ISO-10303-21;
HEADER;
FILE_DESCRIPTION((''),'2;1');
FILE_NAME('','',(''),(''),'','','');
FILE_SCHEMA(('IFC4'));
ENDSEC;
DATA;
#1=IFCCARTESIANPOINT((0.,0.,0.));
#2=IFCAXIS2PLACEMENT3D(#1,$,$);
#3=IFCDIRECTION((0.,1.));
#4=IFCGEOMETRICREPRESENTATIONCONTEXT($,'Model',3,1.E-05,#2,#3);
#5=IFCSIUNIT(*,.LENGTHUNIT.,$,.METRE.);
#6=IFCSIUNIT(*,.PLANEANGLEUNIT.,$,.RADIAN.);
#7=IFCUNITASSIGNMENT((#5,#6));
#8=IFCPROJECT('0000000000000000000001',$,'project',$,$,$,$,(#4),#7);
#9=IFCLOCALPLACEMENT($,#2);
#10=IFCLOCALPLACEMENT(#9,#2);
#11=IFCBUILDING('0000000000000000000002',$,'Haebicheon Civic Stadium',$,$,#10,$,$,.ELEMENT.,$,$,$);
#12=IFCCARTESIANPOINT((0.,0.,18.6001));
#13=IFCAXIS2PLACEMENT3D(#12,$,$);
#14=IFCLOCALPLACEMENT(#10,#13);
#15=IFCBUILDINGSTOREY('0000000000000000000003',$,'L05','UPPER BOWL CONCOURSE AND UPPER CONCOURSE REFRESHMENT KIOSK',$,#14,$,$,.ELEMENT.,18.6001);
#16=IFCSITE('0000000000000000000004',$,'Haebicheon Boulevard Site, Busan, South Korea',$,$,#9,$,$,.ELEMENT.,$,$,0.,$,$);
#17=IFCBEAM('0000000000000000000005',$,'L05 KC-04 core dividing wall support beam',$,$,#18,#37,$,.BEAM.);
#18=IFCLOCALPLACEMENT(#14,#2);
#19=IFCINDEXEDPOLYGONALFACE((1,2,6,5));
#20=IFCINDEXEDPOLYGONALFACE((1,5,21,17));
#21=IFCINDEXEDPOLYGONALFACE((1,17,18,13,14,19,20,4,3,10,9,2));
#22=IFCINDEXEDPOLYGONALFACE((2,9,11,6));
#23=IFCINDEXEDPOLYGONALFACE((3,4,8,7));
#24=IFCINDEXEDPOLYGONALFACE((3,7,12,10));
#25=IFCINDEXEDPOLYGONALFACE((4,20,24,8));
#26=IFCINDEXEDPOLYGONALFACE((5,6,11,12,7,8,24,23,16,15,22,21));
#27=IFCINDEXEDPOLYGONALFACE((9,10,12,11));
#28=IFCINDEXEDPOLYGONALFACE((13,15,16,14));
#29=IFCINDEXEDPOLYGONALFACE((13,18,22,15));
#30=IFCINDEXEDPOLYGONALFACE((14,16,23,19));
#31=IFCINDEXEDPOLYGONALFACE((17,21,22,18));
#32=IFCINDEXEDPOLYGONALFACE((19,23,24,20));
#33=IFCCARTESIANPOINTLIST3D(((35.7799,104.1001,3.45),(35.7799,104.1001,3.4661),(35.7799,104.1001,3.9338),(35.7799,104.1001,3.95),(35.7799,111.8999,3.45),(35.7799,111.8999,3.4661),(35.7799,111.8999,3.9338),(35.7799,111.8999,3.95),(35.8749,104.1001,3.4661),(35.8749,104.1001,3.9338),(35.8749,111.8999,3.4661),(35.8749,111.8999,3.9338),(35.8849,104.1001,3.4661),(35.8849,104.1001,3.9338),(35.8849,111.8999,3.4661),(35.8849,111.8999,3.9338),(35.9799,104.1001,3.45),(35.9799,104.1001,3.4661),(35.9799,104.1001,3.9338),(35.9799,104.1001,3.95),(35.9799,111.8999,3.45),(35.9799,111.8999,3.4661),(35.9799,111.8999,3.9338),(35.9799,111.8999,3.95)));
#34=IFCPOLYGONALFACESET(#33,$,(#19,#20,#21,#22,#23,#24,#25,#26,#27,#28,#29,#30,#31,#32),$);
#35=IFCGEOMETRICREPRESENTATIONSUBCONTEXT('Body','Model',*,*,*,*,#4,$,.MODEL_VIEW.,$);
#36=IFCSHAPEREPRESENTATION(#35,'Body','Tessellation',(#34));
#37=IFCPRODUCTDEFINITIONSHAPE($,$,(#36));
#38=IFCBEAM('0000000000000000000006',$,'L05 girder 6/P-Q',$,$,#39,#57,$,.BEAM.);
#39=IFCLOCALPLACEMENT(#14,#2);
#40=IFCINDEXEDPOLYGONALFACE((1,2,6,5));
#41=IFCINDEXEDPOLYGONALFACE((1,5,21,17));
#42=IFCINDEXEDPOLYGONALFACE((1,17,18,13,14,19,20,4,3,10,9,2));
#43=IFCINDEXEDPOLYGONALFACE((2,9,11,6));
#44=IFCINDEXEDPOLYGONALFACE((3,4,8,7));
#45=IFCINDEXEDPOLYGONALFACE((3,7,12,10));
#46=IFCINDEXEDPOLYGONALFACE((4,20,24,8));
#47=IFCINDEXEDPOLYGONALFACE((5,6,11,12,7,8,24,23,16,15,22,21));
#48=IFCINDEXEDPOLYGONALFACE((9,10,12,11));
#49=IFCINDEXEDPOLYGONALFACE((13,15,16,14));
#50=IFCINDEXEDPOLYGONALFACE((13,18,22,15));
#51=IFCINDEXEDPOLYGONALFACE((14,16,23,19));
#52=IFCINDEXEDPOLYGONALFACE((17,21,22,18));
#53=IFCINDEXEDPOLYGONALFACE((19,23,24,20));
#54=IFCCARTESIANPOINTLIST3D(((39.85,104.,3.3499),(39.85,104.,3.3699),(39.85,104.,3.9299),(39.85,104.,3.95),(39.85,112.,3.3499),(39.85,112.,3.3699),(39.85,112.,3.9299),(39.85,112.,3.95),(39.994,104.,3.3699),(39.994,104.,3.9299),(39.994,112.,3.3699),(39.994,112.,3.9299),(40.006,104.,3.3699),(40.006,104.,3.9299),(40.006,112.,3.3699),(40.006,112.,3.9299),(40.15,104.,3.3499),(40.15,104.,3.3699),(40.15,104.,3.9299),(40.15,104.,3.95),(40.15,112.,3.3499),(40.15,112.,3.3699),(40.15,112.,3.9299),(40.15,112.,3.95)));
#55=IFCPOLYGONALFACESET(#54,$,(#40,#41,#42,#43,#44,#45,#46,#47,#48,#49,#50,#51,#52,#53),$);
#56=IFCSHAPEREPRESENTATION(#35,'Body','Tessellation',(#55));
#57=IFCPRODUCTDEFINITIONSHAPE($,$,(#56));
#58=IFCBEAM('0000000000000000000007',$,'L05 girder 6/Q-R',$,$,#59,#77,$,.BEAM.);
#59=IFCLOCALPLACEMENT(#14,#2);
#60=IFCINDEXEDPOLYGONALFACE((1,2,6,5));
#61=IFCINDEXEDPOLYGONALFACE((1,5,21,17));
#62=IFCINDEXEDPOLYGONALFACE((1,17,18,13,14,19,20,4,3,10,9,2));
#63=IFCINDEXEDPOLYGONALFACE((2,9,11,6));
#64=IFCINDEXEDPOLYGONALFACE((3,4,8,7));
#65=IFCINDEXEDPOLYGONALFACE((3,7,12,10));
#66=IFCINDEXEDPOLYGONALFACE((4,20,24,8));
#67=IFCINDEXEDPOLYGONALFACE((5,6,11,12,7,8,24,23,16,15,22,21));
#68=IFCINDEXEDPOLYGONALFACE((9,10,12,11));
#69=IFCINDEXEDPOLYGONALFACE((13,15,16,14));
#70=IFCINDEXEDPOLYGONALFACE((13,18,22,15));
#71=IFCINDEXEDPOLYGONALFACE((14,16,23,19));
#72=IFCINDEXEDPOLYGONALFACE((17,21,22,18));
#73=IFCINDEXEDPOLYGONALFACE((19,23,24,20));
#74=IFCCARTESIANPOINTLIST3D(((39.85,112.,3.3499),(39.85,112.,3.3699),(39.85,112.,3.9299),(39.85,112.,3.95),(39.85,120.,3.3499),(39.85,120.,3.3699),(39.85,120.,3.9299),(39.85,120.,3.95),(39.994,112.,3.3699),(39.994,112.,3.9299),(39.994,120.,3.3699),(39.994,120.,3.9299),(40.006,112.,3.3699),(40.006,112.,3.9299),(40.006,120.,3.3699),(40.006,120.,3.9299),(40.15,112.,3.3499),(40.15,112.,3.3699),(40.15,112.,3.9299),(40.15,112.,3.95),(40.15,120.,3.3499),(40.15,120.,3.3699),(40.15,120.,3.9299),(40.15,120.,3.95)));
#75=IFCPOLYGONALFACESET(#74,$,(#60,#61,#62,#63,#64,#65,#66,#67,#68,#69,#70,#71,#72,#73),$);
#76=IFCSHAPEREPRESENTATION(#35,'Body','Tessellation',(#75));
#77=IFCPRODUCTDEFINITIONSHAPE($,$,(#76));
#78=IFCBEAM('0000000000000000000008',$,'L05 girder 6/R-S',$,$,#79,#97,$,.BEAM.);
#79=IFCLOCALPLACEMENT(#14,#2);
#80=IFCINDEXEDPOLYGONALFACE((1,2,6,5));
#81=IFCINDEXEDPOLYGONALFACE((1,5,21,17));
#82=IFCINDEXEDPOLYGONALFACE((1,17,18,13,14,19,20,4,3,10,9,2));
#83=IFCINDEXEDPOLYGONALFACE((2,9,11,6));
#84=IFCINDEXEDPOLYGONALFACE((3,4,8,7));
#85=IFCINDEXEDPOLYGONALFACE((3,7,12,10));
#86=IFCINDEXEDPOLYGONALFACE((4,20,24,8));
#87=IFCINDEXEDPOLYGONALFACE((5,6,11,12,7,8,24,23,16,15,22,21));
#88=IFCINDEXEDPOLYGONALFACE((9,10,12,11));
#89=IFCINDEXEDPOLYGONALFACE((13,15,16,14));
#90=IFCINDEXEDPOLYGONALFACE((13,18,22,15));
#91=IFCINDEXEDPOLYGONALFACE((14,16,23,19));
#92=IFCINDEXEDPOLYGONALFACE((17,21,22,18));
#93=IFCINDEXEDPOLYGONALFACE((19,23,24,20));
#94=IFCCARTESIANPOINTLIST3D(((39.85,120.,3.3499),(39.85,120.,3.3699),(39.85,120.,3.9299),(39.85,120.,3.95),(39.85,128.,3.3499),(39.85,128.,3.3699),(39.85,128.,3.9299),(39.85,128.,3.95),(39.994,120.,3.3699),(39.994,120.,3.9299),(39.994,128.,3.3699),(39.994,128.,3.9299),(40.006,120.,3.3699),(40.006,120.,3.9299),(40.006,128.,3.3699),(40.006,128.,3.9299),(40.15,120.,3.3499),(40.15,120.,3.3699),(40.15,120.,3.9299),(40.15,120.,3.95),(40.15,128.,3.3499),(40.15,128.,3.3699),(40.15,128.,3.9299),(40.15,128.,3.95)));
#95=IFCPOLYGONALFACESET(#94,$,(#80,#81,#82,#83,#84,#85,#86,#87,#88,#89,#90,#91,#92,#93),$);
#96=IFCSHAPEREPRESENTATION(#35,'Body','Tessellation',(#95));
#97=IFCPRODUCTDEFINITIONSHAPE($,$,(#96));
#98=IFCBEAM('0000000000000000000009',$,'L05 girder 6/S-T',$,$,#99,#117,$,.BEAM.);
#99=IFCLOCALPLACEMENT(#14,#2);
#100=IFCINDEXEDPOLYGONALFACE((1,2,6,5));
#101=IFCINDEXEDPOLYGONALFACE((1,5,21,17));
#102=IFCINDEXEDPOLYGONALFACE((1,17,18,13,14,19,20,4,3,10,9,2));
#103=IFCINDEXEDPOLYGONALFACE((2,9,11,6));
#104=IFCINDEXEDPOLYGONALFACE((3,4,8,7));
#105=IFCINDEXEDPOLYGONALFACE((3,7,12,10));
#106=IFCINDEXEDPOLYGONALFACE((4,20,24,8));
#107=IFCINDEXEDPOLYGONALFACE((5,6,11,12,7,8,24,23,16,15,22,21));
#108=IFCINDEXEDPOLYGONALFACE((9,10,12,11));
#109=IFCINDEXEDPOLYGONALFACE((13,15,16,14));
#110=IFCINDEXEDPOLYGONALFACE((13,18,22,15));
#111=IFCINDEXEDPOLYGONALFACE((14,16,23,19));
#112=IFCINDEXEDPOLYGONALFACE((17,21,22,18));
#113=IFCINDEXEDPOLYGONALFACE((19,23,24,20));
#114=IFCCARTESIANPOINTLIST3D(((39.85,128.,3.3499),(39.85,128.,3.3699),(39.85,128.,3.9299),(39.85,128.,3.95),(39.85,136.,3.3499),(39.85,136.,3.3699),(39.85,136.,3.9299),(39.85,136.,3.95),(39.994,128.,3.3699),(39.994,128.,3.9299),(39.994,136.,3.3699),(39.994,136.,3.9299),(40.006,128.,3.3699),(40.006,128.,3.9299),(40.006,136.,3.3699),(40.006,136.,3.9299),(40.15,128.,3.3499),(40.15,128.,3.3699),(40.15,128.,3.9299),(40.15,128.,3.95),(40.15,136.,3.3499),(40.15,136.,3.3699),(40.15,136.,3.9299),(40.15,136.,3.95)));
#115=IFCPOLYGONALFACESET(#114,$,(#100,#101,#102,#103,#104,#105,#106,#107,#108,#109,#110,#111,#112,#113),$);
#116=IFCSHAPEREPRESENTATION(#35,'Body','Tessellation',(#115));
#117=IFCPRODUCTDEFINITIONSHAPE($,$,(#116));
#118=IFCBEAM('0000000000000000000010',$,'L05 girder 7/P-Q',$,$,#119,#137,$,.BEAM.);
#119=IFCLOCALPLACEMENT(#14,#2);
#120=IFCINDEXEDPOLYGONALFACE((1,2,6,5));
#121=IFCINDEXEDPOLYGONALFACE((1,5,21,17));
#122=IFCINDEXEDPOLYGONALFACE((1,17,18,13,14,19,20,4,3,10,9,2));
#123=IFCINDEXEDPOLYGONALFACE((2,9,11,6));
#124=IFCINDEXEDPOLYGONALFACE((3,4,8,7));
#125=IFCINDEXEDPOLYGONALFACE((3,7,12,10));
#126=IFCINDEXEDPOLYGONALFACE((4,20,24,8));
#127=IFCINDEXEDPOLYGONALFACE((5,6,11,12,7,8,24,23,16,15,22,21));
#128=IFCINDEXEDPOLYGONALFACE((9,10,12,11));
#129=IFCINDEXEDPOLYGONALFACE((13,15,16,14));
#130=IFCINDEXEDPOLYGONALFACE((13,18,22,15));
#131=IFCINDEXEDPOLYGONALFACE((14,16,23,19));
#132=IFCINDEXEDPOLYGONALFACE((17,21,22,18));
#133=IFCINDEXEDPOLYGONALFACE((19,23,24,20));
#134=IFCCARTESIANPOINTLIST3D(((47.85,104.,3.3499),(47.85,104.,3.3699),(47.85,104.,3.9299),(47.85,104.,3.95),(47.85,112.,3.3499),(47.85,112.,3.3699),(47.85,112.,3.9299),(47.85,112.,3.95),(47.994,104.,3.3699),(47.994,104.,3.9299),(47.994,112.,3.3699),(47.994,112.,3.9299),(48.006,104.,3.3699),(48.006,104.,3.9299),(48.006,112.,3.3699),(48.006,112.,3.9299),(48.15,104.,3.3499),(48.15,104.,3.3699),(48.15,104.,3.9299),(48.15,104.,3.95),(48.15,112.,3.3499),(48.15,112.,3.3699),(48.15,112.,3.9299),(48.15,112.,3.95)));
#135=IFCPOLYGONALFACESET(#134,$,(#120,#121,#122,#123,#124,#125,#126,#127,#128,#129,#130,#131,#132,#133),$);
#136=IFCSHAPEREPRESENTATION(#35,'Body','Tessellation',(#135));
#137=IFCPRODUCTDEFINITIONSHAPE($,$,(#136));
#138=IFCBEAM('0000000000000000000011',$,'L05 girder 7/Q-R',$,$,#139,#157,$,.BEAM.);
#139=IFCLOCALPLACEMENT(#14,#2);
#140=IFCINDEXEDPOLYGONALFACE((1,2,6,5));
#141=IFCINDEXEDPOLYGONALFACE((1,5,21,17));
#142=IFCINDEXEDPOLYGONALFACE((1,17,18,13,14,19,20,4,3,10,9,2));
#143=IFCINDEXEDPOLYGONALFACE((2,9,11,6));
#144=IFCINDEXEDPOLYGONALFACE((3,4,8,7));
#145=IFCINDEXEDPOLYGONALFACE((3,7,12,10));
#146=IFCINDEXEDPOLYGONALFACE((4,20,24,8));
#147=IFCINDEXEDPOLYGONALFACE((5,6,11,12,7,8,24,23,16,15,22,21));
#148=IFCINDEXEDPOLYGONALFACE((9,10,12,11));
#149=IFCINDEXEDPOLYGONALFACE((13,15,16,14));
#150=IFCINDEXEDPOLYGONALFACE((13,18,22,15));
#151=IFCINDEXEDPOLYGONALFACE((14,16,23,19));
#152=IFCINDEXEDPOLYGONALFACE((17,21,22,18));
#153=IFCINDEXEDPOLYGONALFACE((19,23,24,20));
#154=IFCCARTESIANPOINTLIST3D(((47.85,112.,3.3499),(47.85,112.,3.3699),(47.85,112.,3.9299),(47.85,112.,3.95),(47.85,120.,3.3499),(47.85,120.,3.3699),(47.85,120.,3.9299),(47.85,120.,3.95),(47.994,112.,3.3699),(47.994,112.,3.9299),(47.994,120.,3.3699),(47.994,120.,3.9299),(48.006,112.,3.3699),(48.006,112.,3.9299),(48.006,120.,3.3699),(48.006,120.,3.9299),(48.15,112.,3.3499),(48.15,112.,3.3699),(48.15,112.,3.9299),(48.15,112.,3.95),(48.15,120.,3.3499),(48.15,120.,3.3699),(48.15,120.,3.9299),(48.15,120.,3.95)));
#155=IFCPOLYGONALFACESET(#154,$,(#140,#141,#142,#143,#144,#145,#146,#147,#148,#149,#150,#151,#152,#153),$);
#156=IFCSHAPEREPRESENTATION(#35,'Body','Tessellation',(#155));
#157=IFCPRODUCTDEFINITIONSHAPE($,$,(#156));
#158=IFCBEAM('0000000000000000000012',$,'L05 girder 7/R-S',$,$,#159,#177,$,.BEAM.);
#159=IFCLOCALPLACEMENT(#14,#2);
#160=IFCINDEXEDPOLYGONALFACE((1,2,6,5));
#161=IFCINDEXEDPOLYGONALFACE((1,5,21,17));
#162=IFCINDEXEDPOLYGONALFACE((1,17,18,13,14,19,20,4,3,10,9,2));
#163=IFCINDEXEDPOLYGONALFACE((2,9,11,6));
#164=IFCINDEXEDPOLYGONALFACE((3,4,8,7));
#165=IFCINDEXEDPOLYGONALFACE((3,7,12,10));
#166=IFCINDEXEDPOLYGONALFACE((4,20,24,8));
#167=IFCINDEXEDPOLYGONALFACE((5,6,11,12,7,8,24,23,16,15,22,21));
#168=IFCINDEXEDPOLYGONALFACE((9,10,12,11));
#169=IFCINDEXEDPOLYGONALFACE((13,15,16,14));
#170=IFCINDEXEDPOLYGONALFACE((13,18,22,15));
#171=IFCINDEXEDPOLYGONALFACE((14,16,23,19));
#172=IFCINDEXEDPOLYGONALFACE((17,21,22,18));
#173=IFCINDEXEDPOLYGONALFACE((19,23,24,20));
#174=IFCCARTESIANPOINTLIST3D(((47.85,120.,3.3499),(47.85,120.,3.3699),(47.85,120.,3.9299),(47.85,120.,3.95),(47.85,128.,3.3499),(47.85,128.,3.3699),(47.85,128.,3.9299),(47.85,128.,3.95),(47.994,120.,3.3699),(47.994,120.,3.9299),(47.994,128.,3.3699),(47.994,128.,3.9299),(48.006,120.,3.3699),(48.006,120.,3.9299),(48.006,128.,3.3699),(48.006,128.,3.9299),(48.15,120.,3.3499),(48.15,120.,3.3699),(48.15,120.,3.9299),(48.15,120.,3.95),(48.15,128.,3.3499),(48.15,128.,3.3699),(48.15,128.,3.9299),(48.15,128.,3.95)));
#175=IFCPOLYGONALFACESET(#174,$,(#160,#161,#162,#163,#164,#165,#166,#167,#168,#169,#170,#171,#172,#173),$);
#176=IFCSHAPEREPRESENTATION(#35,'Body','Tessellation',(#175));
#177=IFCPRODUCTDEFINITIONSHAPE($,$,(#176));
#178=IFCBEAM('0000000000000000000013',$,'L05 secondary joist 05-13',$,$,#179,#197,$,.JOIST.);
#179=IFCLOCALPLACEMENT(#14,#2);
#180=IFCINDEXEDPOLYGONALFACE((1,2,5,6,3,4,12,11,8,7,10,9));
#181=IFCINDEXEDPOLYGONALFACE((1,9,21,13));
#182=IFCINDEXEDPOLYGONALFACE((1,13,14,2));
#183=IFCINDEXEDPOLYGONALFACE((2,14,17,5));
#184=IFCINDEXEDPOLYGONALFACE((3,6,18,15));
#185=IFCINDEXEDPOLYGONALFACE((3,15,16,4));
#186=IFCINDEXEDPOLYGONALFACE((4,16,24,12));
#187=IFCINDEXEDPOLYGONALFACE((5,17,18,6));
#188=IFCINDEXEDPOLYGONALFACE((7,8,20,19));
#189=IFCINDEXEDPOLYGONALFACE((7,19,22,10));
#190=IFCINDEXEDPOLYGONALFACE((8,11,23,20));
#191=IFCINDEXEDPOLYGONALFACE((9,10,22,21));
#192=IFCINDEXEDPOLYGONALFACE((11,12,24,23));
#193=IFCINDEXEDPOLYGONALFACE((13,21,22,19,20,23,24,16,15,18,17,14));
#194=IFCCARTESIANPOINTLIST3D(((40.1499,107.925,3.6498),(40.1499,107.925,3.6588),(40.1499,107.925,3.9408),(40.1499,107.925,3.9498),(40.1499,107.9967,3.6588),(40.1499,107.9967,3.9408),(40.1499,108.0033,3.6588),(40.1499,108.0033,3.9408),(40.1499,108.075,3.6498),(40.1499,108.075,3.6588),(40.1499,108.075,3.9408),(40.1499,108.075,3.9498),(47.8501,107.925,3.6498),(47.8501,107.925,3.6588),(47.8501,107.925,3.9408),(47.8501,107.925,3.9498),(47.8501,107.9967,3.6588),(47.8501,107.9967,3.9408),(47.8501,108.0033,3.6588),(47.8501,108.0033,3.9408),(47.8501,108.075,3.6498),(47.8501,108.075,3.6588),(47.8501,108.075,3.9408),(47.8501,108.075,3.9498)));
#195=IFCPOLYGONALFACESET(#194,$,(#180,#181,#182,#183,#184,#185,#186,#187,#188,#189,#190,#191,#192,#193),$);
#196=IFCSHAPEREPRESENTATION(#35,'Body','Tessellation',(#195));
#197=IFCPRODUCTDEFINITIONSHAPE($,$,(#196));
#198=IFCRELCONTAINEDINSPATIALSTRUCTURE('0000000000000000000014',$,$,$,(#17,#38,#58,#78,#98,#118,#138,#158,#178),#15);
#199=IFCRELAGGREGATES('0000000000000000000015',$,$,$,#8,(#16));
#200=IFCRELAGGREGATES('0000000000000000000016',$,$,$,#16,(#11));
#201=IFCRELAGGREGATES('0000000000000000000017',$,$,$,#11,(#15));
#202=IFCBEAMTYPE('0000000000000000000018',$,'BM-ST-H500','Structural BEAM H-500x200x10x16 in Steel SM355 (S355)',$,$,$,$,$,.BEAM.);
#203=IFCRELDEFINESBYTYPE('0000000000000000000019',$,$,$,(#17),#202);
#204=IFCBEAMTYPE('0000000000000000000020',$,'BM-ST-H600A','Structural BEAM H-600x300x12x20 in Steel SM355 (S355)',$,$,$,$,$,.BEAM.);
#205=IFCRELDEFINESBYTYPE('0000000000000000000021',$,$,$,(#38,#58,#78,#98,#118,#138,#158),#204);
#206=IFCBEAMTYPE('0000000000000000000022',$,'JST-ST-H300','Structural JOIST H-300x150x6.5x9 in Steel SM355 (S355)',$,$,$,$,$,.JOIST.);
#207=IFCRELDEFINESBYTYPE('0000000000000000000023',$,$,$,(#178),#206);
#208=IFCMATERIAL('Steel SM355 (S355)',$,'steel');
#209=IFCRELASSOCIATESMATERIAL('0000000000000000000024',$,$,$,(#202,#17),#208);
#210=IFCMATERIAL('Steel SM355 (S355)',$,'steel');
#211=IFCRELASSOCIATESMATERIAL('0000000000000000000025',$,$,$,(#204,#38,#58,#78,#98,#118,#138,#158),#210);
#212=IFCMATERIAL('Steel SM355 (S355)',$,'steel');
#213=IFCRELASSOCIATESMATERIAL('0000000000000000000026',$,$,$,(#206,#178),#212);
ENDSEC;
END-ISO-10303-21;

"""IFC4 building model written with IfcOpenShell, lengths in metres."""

from ifc_helpers import new_model, si_unit, direction, frame, origin, origin_2d, place, context, subcontext, project, spatial, i_section, extrude, material, material_profile, profile_set, type_object, element, save


model = new_model("IFC4")

# Units and contexts
model_context = context("Model", 3, precision=1e-05, world=origin(), true_north=direction((0.0, 1.0)))
body_context = subcontext(model_context, "Body", "Model", "MODEL_VIEW")
ifc_project = project(units=[si_unit("LENGTHUNIT", "METRE"), si_unit("PLANEANGLEUNIT", "RADIAN")], contexts=[model_context])

# Site, building, storey
site_placement = place(None, origin())
site = spatial("IfcSite", under=ifc_project, at=site_placement, Name="Haebicheon Boulevard Site, Busan, South Korea", CompositionType="ELEMENT", RefElevation=0.0)
building_placement = place(site_placement, origin())
building = spatial("IfcBuilding", under=site, at=building_placement, Name="Haebicheon Civic Stadium", CompositionType="ELEMENT")
storey_placement = place(building_placement, frame((0.0, 0.0, 18.6001)))
storey = spatial("IfcBuildingStorey", under=building, at=storey_placement, Name="L05", Description="UPPER BOWL CONCOURSE AND UPPER CONCOURSE REFRESHMENT KIOSK", CompositionType="ELEMENT", Elevation=18.6001)

# Beams
ifc_material_1 = material(Name="Steel SM355 (S355)", Category="steel")
ifc_material_profile_1 = material_profile(ifc_material_1, i_section(OverallWidth=0.2, OverallDepth=0.5, WebThickness=0.01, FlangeThickness=0.0161, at=origin_2d()), Name="H-500x200x10x16")
ifc_profile_set_1 = profile_set([ifc_material_profile_1], Name="Steel SM355 (S355)")
beam_type_1 = type_object("IfcBeamType", Name="BM-ST-H500", Description="Structural BEAM H-500x200x10x16 in Steel SM355 (S355)", PredefinedType="BEAM", material=ifc_profile_set_1)
beam_placement = place(storey_placement, frame((35.8799, 104.1001, 3.7), z_axis=(0.0, 1.0, 0.0), x_axis=(-1.0, 0.0, 0.0)))
element("IfcBeam", 1, at=beam_placement, inside=storey, type_object=beam_type_1, material=ifc_profile_set_1, Name="L05 KC-04 core dividing wall support beam", PredefinedType="BEAM", context=body_context, shape_type="SweptSolid", body=[
    extrude(i_section(OverallWidth=0.2, OverallDepth=0.5, WebThickness=0.01, FlangeThickness=0.0161, at=origin_2d()), origin(), (0.0, 0.0, 1.0), 7.7998),
])
ifc_material_2 = material(Name="Steel SM355 (S355)", Category="steel")
ifc_material_profile_2 = material_profile(ifc_material_2, i_section(OverallWidth=0.3, OverallDepth=0.6001, WebThickness=0.012, FlangeThickness=0.02, at=origin_2d()), Name="H-600x300x12x20")
ifc_profile_set_2 = profile_set([ifc_material_profile_2], Name="Steel SM355 (S355)")
beam_type_2 = type_object("IfcBeamType", Name="BM-ST-H600A", Description="Structural BEAM H-600x300x12x20 in Steel SM355 (S355)", PredefinedType="BEAM", material=ifc_profile_set_2)
for number, where, z_axis, x_axis, name in (
    (2, (40.0, 104.0, 3.6499), (0.0, 1.0, 0.0), (-1.0, 0.0, 0.0), "L05 girder 6/P-Q"),
    (3, (40.0, 112.0, 3.6499), (0.0, 1.0, 0.0), (-1.0, 0.0, 0.0), "L05 girder 6/Q-R"),
    (4, (40.0, 120.0, 3.6499), (0.0, 1.0, 0.0), (-1.0, 0.0, 0.0), "L05 girder 6/R-S"),
    (5, (40.0, 128.0, 3.6499), (0.0, 1.0, 0.0), (-1.0, 0.0, 0.0), "L05 girder 6/S-T"),
    (6, (48.0, 104.0, 3.6499), (0.0, 1.0, 0.0), (-1.0, 0.0, 0.0), "L05 girder 7/P-Q"),
    (7, (48.0, 112.0, 3.6499), (0.0, 1.0, 0.0), (-1.0, 0.0, 0.0), "L05 girder 7/Q-R"),
    (8, (48.0, 120.0, 3.6499), (0.0, 1.0, 0.0), (-1.0, 0.0, 0.0), "L05 girder 7/R-S"),
):
    element("IfcBeam", number, at=place(storey_placement, frame(where, z_axis=z_axis, x_axis=x_axis)), inside=storey, type_object=beam_type_2, material=ifc_profile_set_2, Name=name, PredefinedType="BEAM", context=body_context, shape_type="SweptSolid", body=[
        extrude(i_section(OverallWidth=0.3, OverallDepth=0.6001, WebThickness=0.012, FlangeThickness=0.02, at=origin_2d()), origin(), (0.0, 0.0, 1.0), 8.0),
    ])
ifc_material_3 = material(Name="Steel SM355 (S355)", Category="steel")
ifc_material_profile_3 = material_profile(ifc_material_3, i_section(OverallWidth=0.1499, OverallDepth=0.3, WebThickness=0.0066, FlangeThickness=0.009, at=origin_2d()), Name="H-300x150x6.5x9")
ifc_profile_set_3 = profile_set([ifc_material_profile_3], Name="Steel SM355 (S355)")
beam_type_3 = type_object("IfcBeamType", Name="JST-ST-H300", Description="Structural JOIST H-300x150x6.5x9 in Steel SM355 (S355)", PredefinedType="JOIST", material=ifc_profile_set_3)
for number, where, z_axis, x_axis, name in (
    (9, (40.1499, 108.0, 3.7998), (1.0, 0.0, 0.0), (0.0, 1.0, 0.0), "L05 secondary joist 05-13"),
):
    element("IfcBeam", number, at=place(storey_placement, frame(where, z_axis=z_axis, x_axis=x_axis)), inside=storey, type_object=beam_type_3, material=ifc_profile_set_3, Name=name, PredefinedType="JOIST", context=body_context, shape_type="SweptSolid", body=[
        extrude(i_section(OverallWidth=0.1499, OverallDepth=0.3, WebThickness=0.0066, FlangeThickness=0.009, at=origin_2d()), origin(), (0.0, 0.0, 1.0), 7.7002),
    ])

save(model, "model.ifc")
